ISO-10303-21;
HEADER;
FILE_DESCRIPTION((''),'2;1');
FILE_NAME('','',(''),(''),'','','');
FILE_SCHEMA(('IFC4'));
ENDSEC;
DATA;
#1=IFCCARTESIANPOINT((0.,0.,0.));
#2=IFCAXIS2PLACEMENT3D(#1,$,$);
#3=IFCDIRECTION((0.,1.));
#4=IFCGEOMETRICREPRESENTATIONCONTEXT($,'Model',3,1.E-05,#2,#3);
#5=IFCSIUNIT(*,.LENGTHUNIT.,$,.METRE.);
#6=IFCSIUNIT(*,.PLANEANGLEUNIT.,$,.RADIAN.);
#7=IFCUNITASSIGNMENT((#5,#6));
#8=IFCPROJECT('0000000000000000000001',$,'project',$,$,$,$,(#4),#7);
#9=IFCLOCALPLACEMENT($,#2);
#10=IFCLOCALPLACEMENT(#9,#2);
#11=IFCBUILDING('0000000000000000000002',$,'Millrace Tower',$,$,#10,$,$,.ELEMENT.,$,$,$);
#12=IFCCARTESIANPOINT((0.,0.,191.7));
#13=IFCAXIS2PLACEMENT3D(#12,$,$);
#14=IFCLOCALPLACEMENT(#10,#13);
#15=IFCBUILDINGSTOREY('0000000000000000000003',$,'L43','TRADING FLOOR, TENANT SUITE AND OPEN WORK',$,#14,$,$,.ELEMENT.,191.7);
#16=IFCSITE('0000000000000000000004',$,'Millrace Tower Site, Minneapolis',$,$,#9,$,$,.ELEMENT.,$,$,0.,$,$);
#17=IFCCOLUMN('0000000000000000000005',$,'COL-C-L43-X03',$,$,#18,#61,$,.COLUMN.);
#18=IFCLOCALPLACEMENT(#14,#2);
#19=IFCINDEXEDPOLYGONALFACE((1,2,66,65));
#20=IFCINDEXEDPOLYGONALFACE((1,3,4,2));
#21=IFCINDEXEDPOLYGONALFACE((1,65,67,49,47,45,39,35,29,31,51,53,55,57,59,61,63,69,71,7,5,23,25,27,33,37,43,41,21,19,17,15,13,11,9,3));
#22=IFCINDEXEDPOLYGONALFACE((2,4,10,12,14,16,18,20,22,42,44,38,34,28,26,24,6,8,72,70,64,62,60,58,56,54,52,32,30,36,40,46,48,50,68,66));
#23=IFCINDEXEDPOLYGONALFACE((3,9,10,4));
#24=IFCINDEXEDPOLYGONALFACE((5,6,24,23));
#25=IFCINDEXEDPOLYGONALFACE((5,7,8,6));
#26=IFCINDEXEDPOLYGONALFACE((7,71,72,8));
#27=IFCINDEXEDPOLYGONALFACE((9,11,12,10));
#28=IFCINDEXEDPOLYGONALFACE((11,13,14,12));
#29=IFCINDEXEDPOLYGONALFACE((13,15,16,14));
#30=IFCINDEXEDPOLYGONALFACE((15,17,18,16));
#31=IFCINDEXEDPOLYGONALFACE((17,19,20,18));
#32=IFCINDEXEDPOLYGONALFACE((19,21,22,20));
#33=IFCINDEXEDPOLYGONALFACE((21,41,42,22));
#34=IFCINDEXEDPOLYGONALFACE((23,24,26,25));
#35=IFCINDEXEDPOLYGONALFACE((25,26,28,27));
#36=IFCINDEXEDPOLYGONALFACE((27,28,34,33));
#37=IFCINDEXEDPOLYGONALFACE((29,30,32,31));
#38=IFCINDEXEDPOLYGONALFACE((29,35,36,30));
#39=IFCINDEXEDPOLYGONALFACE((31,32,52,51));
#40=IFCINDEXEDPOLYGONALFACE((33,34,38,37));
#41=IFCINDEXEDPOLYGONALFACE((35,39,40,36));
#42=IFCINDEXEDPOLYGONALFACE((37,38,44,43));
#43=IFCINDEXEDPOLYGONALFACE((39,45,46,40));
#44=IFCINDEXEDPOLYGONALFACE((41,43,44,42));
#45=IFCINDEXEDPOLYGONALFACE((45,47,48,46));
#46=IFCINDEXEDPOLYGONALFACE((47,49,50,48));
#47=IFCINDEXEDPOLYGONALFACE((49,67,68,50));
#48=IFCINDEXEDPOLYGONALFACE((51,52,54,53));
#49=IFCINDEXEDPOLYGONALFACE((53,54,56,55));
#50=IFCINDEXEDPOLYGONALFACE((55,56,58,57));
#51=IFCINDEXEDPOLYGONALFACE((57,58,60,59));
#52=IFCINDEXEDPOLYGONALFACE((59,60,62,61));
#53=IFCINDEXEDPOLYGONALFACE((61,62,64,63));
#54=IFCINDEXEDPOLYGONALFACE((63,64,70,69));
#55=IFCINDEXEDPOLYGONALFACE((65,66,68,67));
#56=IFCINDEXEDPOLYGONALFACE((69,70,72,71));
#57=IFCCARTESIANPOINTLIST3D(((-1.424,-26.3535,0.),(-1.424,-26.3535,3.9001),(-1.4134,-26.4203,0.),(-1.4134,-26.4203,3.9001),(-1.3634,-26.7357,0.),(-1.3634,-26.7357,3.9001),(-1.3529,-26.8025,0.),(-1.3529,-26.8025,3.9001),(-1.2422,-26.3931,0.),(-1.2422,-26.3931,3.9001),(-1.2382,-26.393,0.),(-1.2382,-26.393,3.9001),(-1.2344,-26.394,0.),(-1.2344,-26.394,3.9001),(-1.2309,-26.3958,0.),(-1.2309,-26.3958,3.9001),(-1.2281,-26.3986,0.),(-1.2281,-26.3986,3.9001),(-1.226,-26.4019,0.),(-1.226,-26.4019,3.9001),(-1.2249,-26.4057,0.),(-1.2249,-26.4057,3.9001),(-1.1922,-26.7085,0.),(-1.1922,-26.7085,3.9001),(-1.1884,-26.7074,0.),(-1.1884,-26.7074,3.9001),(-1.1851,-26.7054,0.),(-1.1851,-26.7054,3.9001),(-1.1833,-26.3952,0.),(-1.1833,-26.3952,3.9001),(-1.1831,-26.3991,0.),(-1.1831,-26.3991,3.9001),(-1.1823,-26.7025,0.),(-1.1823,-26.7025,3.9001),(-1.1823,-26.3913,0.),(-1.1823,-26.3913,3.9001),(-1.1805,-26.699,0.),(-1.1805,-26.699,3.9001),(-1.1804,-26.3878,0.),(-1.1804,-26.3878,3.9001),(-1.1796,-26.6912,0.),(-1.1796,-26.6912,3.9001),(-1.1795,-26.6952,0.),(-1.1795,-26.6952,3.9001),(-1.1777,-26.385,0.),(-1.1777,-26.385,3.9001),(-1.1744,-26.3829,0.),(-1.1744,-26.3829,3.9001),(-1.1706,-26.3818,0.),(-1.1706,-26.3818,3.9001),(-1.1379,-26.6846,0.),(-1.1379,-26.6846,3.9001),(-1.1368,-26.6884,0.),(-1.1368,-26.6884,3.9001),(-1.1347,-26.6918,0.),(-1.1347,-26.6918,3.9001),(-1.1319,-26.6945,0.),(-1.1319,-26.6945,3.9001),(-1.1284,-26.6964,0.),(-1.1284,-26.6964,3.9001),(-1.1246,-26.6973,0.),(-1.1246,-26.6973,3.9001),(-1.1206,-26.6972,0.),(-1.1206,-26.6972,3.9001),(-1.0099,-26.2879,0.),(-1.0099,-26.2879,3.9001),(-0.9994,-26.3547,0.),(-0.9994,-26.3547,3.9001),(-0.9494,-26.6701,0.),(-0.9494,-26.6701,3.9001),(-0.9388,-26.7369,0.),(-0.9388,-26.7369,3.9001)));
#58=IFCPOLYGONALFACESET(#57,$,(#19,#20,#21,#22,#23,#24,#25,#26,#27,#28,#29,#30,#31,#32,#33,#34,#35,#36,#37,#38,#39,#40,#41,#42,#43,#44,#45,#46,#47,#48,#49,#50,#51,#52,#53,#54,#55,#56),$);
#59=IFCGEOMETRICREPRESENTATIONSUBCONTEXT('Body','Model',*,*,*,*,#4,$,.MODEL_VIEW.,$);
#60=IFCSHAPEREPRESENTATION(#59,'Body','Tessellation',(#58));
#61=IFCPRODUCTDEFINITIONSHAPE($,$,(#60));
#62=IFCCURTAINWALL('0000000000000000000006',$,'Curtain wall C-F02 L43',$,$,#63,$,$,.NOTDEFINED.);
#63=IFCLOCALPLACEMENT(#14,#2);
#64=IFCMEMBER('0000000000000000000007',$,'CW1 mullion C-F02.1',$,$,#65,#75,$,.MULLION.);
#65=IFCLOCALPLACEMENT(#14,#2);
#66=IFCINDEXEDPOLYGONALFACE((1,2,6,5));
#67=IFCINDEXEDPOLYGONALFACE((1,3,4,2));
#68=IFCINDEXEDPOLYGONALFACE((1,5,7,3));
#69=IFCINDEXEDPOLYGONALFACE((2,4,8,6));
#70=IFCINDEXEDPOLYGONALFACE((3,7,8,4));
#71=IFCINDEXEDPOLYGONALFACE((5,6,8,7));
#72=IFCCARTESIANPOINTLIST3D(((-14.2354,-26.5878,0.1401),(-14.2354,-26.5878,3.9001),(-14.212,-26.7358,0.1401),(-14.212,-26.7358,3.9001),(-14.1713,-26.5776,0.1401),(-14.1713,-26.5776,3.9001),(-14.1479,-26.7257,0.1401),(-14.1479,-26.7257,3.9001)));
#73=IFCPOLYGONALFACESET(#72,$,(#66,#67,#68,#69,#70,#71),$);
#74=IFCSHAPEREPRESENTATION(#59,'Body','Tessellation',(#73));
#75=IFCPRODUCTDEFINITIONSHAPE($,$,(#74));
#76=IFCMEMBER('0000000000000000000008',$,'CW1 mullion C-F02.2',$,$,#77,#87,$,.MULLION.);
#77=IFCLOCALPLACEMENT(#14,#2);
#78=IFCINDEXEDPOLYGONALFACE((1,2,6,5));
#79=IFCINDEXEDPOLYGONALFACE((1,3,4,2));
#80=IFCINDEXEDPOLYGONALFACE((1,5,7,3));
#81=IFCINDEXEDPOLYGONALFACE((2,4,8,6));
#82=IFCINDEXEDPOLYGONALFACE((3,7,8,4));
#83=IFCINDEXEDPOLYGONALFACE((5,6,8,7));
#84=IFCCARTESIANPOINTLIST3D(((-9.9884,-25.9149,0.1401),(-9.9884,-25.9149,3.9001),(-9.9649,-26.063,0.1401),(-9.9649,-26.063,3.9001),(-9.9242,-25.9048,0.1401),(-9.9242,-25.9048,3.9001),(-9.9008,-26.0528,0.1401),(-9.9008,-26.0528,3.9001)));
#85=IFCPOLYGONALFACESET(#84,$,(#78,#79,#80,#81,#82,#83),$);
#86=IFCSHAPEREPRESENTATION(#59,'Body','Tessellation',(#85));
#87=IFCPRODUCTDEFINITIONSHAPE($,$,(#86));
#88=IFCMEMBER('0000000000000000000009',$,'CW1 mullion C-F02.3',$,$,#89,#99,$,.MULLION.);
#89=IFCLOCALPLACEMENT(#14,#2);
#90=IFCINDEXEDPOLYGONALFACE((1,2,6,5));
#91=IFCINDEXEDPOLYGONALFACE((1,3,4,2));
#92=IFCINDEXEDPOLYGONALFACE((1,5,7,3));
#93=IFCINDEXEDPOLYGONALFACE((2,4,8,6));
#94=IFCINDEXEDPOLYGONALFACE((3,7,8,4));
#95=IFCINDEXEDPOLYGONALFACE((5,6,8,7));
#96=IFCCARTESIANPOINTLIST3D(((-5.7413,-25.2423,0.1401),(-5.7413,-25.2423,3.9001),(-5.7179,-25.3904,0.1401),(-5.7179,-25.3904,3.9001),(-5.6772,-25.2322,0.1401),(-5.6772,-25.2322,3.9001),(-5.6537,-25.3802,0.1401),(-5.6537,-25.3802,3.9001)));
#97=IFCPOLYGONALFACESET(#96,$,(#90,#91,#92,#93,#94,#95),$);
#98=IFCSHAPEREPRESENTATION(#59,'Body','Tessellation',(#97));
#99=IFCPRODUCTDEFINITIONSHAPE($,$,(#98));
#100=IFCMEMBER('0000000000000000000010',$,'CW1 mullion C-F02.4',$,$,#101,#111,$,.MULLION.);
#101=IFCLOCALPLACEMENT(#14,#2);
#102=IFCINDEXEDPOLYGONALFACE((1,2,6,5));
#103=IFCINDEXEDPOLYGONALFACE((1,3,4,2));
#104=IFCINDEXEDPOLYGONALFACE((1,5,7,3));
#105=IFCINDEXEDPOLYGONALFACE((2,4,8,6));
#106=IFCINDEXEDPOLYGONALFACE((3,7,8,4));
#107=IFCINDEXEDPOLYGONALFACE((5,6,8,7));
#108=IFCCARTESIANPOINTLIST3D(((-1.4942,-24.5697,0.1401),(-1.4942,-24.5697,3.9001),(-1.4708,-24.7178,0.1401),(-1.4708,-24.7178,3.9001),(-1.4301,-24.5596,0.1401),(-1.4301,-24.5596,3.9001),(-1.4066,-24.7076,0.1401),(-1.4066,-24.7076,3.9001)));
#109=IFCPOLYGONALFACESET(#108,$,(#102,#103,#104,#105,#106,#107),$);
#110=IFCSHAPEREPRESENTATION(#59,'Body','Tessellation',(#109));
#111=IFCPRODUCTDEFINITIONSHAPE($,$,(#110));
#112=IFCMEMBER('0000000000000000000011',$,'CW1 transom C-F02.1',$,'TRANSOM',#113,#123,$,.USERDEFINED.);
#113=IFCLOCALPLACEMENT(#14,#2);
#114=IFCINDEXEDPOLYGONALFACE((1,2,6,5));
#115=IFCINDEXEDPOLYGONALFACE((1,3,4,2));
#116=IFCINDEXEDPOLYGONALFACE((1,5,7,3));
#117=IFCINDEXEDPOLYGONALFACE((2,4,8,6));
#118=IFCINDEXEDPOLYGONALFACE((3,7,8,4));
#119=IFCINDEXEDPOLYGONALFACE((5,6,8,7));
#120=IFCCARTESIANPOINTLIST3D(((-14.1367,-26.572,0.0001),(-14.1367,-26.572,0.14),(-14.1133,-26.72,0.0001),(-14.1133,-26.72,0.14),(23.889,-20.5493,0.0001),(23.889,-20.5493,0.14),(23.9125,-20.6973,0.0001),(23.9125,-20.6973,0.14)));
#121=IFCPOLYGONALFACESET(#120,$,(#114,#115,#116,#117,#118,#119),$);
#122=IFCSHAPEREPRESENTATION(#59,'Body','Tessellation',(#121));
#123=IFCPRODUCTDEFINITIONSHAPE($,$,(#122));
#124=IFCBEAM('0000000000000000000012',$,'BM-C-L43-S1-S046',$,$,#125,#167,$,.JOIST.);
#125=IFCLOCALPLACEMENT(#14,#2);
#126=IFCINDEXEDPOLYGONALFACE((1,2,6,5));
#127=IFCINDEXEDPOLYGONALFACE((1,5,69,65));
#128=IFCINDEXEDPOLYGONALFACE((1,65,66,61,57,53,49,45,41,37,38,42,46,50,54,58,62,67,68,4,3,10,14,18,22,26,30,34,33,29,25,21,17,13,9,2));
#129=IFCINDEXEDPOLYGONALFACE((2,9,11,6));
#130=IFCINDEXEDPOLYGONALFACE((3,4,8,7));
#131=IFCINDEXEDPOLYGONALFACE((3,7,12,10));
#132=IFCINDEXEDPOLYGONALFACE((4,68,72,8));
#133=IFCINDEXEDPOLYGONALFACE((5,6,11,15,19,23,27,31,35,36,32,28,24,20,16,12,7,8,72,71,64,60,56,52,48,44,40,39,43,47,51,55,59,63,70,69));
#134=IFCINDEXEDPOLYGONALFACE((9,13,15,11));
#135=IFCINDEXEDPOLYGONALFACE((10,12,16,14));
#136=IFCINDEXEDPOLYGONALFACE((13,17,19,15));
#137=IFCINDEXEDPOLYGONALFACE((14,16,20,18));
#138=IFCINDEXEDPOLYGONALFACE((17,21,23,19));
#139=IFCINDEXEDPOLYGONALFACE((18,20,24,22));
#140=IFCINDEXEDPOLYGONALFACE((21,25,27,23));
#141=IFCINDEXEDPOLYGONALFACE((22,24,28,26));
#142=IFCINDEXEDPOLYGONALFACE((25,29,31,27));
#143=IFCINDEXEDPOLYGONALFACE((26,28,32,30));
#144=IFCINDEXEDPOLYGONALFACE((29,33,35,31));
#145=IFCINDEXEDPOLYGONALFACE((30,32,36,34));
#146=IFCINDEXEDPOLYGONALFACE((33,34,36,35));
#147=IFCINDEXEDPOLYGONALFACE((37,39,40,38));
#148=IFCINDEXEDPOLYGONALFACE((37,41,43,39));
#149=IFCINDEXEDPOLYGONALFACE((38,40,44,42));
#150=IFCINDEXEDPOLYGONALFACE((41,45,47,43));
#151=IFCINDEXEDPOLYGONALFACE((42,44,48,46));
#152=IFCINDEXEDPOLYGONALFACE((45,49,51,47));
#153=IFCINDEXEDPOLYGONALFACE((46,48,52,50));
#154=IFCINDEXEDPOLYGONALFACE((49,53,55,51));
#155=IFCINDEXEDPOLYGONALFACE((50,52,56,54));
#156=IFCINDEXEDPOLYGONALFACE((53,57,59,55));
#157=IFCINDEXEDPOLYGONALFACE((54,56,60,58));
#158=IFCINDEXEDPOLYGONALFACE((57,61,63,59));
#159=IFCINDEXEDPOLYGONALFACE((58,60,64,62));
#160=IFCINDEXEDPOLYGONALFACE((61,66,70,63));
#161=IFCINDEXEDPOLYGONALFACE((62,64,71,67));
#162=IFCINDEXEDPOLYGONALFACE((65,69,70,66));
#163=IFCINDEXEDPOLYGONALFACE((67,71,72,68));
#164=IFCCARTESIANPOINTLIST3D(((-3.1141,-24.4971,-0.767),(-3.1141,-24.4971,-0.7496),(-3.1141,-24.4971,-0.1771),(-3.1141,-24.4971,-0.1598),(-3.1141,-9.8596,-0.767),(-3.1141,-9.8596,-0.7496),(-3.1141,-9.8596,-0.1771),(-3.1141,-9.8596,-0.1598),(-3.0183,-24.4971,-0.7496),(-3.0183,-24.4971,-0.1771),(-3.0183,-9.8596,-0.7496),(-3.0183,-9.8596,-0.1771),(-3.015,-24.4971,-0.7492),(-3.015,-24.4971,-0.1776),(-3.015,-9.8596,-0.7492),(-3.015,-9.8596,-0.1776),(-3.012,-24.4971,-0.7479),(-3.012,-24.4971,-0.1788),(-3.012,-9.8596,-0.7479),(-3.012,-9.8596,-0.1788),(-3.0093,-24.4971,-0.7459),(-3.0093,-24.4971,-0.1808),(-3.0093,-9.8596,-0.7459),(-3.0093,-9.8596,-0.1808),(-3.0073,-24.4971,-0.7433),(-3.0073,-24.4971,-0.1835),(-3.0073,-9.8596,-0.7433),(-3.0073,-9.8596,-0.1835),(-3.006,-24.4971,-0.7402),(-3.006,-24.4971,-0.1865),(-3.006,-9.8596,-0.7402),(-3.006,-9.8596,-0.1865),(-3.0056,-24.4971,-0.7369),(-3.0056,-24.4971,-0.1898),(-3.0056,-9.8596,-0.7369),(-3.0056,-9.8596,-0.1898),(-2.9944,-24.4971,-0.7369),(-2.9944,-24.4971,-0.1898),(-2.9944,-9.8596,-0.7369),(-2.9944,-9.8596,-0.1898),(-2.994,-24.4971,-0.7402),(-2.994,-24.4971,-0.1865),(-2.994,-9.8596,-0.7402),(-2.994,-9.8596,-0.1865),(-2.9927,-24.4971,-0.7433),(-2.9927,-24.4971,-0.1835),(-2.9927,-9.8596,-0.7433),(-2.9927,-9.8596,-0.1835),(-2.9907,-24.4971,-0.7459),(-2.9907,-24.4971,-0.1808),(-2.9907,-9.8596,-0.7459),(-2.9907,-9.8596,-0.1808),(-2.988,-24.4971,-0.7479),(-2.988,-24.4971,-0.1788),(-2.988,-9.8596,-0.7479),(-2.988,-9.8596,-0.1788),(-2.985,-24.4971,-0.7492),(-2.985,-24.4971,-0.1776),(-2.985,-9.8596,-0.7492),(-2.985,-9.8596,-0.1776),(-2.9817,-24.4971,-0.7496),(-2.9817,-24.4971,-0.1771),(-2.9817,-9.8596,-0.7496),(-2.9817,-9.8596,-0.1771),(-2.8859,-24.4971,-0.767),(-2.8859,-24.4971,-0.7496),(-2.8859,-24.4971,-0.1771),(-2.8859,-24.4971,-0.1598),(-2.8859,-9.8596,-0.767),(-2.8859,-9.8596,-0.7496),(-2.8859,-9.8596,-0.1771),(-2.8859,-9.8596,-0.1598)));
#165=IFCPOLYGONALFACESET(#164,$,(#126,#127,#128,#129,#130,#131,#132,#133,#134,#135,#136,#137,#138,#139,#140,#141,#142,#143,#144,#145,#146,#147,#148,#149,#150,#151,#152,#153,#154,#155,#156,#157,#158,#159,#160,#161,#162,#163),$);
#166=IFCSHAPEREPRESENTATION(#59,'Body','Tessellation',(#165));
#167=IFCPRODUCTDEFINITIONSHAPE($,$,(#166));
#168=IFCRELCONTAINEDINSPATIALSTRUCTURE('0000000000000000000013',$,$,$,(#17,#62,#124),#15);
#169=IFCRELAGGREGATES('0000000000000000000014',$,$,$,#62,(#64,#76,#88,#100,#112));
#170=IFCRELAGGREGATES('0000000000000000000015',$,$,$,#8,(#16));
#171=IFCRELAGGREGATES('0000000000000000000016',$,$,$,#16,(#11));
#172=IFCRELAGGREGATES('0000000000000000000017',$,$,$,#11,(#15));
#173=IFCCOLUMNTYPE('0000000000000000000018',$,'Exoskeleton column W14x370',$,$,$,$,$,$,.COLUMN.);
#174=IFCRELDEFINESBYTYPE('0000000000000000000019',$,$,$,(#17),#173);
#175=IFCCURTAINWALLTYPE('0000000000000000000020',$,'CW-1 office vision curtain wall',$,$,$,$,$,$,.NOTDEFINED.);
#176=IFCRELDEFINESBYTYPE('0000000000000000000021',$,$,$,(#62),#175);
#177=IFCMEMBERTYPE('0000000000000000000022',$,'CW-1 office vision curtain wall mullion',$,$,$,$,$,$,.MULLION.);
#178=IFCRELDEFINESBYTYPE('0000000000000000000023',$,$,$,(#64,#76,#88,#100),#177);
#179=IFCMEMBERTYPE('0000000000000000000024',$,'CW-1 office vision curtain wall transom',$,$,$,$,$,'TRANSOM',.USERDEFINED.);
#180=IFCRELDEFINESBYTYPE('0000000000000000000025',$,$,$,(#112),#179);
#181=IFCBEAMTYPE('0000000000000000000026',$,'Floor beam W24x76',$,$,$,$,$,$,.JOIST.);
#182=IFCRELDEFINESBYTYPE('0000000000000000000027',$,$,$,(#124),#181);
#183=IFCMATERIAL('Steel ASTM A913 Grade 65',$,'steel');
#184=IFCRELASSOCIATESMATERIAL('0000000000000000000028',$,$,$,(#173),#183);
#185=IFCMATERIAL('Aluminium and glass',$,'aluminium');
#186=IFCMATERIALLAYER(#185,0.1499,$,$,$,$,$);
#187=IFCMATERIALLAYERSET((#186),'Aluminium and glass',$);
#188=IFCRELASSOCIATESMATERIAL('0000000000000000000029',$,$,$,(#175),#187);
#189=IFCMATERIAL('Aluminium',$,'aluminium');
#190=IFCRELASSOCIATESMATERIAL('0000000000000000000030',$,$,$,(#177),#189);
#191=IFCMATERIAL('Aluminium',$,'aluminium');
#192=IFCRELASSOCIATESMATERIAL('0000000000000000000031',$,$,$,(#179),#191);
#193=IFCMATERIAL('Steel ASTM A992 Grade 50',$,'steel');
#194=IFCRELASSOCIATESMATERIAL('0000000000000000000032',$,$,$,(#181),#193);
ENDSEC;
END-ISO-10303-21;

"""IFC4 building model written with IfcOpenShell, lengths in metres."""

from ifc_helpers import new_model, si_unit, direction, frame, origin, origin_2d, place, context, subcontext, project, spatial, rectangle, i_section, extrude, material, layer, layer_set, material_profile, profile_set, type_object, element, aggregate, save


model = new_model("IFC4")

# Units and contexts
model_context = context("Model", 3, precision=1e-05, world=origin(), true_north=direction((0.0, 1.0)))
body_context = subcontext(model_context, "Body", "Model", "MODEL_VIEW")
ifc_project = project(units=[si_unit("LENGTHUNIT", "METRE"), si_unit("PLANEANGLEUNIT", "RADIAN")], contexts=[model_context])

# Site, building, storey
site_placement = place(None, origin())
site = spatial("IfcSite", under=ifc_project, at=site_placement, Name="Millrace Tower Site, Minneapolis", CompositionType="ELEMENT", RefElevation=0.0)
building_placement = place(site_placement, origin())
building = spatial("IfcBuilding", under=site, at=building_placement, Name="Millrace Tower", CompositionType="ELEMENT")
storey_placement = place(building_placement, frame((0.0, 0.0, 191.7)))
storey = spatial("IfcBuildingStorey", under=building, at=storey_placement, Name="L43", Description="TRADING FLOOR, TENANT SUITE AND OPEN WORK", CompositionType="ELEMENT", Elevation=191.7)

# Column
ifc_material_1 = material(Name="Steel ASTM A913 Grade 65", Category="steel")
ifc_material_profile_1 = material_profile(ifc_material_1, i_section(OverallWidth=0.4192, OverallDepth=0.4546, WebThickness=0.0422, FlangeThickness=0.0676, FilletRadius=0.0151, at=origin_2d()))
ifc_profile_set_1 = profile_set([ifc_material_profile_1], Name="Steel ASTM A913 Grade 65")
column_type = type_object("IfcColumnType", Name="Exoskeleton column W14x370", PredefinedType="COLUMN", material=ifc_profile_set_1)
column_placement = place(storey_placement, frame((-1.1814, -26.5452, 0.0), z_axis=(0.0, 0.0, 1.0), x_axis=(0.987688, 0.156434, 0.0)))
element("IfcColumn", 1, at=column_placement, inside=storey, type_object=column_type, Name="COL-C-L43-X03", PredefinedType="COLUMN", context=body_context, shape_type="SweptSolid", body=[
    extrude(i_section(OverallWidth=0.4192, OverallDepth=0.4546, WebThickness=0.0422, FlangeThickness=0.0676, FilletRadius=0.0151, at=origin_2d()), origin(), (0.0, 0.0, 1.0), 3.9001),
])

# Curtain wall, members
ifc_material_2 = material(Name="Aluminium and glass", Category="aluminium")
ifc_layer_1 = layer(ifc_material_2, 0.1499)
ifc_layer_set_1 = layer_set([ifc_layer_1], Name="Aluminium and glass")
curtain_wall_type = type_object("IfcCurtainWallType", Name="CW-1 office vision curtain wall", PredefinedType="NOTDEFINED", material=ifc_layer_set_1)
curtain_wall_placement = place(storey_placement, origin())
curtain_wall = element("IfcCurtainWall", 2, at=curtain_wall_placement, inside=storey, type_object=curtain_wall_type, Name="Curtain wall C-F02 L43", PredefinedType="NOTDEFINED")
ifc_material_3 = material(Name="Aluminium", Category="aluminium")
ifc_material_profile_2 = material_profile(ifc_material_3, rectangle(XDim=0.0649, YDim=0.1499, at=origin_2d()))
ifc_profile_set_2 = profile_set([ifc_material_profile_2], Name="Aluminium")
member_type_1 = type_object("IfcMemberType", Name="CW-1 office vision curtain wall mullion", PredefinedType="MULLION", material=ifc_profile_set_2)
member_1_placement = place(storey_placement, frame((-14.1917, -26.6567, 0.1401), z_axis=(0.0, 0.0, 1.0), x_axis=(0.987688, 0.156434, 0.0)))
member_1 = element("IfcMember", 3, at=member_1_placement, type_object=member_type_1, Name="CW1 mullion C-F02.1", PredefinedType="MULLION", context=body_context, shape_type="SweptSolid", body=[
    extrude(rectangle(XDim=0.0649, YDim=0.1499, at=origin_2d()), origin(), (0.0, 0.0, 1.0), 3.76),
])
member_2_placement = place(storey_placement, frame((-9.9446, -25.9839, 0.1401), z_axis=(0.0, 0.0, 1.0), x_axis=(0.987688, 0.156434, 0.0)))
member_2 = element("IfcMember", 4, at=member_2_placement, type_object=member_type_1, Name="CW1 mullion C-F02.2", PredefinedType="MULLION", context=body_context, shape_type="SweptSolid", body=[
    extrude(rectangle(XDim=0.0649, YDim=0.1499, at=origin_2d()), origin(), (0.0, 0.0, 1.0), 3.76),
])
member_3_placement = place(storey_placement, frame((-5.6975, -25.3113, 0.1401), z_axis=(0.0, 0.0, 1.0), x_axis=(0.987688, 0.156434, 0.0)))
member_3 = element("IfcMember", 5, at=member_3_placement, type_object=member_type_1, Name="CW1 mullion C-F02.3", PredefinedType="MULLION", context=body_context, shape_type="SweptSolid", body=[
    extrude(rectangle(XDim=0.0649, YDim=0.1499, at=origin_2d()), origin(), (0.0, 0.0, 1.0), 3.76),
])
member_4_placement = place(storey_placement, frame((-1.4504, -24.6387, 0.1401), z_axis=(0.0, 0.0, 1.0), x_axis=(0.987688, 0.156434, 0.0)))
member_4 = element("IfcMember", 6, at=member_4_placement, type_object=member_type_1, Name="CW1 mullion C-F02.4", PredefinedType="MULLION", context=body_context, shape_type="SweptSolid", body=[
    extrude(rectangle(XDim=0.0649, YDim=0.1499, at=origin_2d()), origin(), (0.0, 0.0, 1.0), 3.76),
])
ifc_material_4 = material(Name="Aluminium", Category="aluminium")
ifc_material_profile_3 = material_profile(ifc_material_4, rectangle(XDim=0.1499, YDim=0.1399, at=origin_2d()))
ifc_profile_set_3 = profile_set([ifc_material_profile_3], Name="Aluminium")
member_type_2 = type_object("IfcMemberType", Name="CW-1 office vision curtain wall transom", ElementType="TRANSOM", PredefinedType="USERDEFINED", material=ifc_profile_set_3)
member_5_placement = place(storey_placement, frame((-14.125, -26.646, 0.0701), z_axis=(0.987688, 0.156434, 0.0), x_axis=(-0.156434, 0.987688, 0.0)))
member_5 = element("IfcMember", 7, at=member_5_placement, type_object=member_type_2, Name="CW1 transom C-F02.1", ObjectType="TRANSOM", PredefinedType="USERDEFINED", context=body_context, shape_type="SweptSolid", body=[
    extrude(rectangle(XDim=0.1499, YDim=0.1399, at=origin_2d()), origin(), (0.0, 0.0, 1.0), 38.4998),
])
aggregate(curtain_wall, [member_1, member_2, member_3, member_4, member_5])

# Beam
ifc_material_5 = material(Name="Steel ASTM A992 Grade 50", Category="steel")
ifc_material_profile_4 = material_profile(ifc_material_5, i_section(OverallWidth=0.2283, OverallDepth=0.6072, WebThickness=0.0112, FlangeThickness=0.0173, FilletRadius=0.0127, at=origin_2d()))
ifc_profile_set_4 = profile_set([ifc_material_profile_4], Name="Steel ASTM A992 Grade 50")
beam_type_1 = type_object("IfcBeamType", Name="Floor beam W24x76", PredefinedType="JOIST", material=ifc_profile_set_4)
beam_1_placement = place(storey_placement, frame((-3.0, -24.4971, -0.4634), z_axis=(0.0, 1.0, 0.0), x_axis=(-1.0, 0.0, 0.0)))
element("IfcBeam", 8, at=beam_1_placement, inside=storey, type_object=beam_type_1, Name="BM-C-L43-S1-S046", PredefinedType="JOIST", context=body_context, shape_type="SweptSolid", body=[
    extrude(i_section(OverallWidth=0.2283, OverallDepth=0.6072, WebThickness=0.0112, FlangeThickness=0.0173, FilletRadius=0.0127, at=origin_2d()), origin(), (0.0, 0.0, 1.0), 14.6375),
])

save(model, "model.ifc")
